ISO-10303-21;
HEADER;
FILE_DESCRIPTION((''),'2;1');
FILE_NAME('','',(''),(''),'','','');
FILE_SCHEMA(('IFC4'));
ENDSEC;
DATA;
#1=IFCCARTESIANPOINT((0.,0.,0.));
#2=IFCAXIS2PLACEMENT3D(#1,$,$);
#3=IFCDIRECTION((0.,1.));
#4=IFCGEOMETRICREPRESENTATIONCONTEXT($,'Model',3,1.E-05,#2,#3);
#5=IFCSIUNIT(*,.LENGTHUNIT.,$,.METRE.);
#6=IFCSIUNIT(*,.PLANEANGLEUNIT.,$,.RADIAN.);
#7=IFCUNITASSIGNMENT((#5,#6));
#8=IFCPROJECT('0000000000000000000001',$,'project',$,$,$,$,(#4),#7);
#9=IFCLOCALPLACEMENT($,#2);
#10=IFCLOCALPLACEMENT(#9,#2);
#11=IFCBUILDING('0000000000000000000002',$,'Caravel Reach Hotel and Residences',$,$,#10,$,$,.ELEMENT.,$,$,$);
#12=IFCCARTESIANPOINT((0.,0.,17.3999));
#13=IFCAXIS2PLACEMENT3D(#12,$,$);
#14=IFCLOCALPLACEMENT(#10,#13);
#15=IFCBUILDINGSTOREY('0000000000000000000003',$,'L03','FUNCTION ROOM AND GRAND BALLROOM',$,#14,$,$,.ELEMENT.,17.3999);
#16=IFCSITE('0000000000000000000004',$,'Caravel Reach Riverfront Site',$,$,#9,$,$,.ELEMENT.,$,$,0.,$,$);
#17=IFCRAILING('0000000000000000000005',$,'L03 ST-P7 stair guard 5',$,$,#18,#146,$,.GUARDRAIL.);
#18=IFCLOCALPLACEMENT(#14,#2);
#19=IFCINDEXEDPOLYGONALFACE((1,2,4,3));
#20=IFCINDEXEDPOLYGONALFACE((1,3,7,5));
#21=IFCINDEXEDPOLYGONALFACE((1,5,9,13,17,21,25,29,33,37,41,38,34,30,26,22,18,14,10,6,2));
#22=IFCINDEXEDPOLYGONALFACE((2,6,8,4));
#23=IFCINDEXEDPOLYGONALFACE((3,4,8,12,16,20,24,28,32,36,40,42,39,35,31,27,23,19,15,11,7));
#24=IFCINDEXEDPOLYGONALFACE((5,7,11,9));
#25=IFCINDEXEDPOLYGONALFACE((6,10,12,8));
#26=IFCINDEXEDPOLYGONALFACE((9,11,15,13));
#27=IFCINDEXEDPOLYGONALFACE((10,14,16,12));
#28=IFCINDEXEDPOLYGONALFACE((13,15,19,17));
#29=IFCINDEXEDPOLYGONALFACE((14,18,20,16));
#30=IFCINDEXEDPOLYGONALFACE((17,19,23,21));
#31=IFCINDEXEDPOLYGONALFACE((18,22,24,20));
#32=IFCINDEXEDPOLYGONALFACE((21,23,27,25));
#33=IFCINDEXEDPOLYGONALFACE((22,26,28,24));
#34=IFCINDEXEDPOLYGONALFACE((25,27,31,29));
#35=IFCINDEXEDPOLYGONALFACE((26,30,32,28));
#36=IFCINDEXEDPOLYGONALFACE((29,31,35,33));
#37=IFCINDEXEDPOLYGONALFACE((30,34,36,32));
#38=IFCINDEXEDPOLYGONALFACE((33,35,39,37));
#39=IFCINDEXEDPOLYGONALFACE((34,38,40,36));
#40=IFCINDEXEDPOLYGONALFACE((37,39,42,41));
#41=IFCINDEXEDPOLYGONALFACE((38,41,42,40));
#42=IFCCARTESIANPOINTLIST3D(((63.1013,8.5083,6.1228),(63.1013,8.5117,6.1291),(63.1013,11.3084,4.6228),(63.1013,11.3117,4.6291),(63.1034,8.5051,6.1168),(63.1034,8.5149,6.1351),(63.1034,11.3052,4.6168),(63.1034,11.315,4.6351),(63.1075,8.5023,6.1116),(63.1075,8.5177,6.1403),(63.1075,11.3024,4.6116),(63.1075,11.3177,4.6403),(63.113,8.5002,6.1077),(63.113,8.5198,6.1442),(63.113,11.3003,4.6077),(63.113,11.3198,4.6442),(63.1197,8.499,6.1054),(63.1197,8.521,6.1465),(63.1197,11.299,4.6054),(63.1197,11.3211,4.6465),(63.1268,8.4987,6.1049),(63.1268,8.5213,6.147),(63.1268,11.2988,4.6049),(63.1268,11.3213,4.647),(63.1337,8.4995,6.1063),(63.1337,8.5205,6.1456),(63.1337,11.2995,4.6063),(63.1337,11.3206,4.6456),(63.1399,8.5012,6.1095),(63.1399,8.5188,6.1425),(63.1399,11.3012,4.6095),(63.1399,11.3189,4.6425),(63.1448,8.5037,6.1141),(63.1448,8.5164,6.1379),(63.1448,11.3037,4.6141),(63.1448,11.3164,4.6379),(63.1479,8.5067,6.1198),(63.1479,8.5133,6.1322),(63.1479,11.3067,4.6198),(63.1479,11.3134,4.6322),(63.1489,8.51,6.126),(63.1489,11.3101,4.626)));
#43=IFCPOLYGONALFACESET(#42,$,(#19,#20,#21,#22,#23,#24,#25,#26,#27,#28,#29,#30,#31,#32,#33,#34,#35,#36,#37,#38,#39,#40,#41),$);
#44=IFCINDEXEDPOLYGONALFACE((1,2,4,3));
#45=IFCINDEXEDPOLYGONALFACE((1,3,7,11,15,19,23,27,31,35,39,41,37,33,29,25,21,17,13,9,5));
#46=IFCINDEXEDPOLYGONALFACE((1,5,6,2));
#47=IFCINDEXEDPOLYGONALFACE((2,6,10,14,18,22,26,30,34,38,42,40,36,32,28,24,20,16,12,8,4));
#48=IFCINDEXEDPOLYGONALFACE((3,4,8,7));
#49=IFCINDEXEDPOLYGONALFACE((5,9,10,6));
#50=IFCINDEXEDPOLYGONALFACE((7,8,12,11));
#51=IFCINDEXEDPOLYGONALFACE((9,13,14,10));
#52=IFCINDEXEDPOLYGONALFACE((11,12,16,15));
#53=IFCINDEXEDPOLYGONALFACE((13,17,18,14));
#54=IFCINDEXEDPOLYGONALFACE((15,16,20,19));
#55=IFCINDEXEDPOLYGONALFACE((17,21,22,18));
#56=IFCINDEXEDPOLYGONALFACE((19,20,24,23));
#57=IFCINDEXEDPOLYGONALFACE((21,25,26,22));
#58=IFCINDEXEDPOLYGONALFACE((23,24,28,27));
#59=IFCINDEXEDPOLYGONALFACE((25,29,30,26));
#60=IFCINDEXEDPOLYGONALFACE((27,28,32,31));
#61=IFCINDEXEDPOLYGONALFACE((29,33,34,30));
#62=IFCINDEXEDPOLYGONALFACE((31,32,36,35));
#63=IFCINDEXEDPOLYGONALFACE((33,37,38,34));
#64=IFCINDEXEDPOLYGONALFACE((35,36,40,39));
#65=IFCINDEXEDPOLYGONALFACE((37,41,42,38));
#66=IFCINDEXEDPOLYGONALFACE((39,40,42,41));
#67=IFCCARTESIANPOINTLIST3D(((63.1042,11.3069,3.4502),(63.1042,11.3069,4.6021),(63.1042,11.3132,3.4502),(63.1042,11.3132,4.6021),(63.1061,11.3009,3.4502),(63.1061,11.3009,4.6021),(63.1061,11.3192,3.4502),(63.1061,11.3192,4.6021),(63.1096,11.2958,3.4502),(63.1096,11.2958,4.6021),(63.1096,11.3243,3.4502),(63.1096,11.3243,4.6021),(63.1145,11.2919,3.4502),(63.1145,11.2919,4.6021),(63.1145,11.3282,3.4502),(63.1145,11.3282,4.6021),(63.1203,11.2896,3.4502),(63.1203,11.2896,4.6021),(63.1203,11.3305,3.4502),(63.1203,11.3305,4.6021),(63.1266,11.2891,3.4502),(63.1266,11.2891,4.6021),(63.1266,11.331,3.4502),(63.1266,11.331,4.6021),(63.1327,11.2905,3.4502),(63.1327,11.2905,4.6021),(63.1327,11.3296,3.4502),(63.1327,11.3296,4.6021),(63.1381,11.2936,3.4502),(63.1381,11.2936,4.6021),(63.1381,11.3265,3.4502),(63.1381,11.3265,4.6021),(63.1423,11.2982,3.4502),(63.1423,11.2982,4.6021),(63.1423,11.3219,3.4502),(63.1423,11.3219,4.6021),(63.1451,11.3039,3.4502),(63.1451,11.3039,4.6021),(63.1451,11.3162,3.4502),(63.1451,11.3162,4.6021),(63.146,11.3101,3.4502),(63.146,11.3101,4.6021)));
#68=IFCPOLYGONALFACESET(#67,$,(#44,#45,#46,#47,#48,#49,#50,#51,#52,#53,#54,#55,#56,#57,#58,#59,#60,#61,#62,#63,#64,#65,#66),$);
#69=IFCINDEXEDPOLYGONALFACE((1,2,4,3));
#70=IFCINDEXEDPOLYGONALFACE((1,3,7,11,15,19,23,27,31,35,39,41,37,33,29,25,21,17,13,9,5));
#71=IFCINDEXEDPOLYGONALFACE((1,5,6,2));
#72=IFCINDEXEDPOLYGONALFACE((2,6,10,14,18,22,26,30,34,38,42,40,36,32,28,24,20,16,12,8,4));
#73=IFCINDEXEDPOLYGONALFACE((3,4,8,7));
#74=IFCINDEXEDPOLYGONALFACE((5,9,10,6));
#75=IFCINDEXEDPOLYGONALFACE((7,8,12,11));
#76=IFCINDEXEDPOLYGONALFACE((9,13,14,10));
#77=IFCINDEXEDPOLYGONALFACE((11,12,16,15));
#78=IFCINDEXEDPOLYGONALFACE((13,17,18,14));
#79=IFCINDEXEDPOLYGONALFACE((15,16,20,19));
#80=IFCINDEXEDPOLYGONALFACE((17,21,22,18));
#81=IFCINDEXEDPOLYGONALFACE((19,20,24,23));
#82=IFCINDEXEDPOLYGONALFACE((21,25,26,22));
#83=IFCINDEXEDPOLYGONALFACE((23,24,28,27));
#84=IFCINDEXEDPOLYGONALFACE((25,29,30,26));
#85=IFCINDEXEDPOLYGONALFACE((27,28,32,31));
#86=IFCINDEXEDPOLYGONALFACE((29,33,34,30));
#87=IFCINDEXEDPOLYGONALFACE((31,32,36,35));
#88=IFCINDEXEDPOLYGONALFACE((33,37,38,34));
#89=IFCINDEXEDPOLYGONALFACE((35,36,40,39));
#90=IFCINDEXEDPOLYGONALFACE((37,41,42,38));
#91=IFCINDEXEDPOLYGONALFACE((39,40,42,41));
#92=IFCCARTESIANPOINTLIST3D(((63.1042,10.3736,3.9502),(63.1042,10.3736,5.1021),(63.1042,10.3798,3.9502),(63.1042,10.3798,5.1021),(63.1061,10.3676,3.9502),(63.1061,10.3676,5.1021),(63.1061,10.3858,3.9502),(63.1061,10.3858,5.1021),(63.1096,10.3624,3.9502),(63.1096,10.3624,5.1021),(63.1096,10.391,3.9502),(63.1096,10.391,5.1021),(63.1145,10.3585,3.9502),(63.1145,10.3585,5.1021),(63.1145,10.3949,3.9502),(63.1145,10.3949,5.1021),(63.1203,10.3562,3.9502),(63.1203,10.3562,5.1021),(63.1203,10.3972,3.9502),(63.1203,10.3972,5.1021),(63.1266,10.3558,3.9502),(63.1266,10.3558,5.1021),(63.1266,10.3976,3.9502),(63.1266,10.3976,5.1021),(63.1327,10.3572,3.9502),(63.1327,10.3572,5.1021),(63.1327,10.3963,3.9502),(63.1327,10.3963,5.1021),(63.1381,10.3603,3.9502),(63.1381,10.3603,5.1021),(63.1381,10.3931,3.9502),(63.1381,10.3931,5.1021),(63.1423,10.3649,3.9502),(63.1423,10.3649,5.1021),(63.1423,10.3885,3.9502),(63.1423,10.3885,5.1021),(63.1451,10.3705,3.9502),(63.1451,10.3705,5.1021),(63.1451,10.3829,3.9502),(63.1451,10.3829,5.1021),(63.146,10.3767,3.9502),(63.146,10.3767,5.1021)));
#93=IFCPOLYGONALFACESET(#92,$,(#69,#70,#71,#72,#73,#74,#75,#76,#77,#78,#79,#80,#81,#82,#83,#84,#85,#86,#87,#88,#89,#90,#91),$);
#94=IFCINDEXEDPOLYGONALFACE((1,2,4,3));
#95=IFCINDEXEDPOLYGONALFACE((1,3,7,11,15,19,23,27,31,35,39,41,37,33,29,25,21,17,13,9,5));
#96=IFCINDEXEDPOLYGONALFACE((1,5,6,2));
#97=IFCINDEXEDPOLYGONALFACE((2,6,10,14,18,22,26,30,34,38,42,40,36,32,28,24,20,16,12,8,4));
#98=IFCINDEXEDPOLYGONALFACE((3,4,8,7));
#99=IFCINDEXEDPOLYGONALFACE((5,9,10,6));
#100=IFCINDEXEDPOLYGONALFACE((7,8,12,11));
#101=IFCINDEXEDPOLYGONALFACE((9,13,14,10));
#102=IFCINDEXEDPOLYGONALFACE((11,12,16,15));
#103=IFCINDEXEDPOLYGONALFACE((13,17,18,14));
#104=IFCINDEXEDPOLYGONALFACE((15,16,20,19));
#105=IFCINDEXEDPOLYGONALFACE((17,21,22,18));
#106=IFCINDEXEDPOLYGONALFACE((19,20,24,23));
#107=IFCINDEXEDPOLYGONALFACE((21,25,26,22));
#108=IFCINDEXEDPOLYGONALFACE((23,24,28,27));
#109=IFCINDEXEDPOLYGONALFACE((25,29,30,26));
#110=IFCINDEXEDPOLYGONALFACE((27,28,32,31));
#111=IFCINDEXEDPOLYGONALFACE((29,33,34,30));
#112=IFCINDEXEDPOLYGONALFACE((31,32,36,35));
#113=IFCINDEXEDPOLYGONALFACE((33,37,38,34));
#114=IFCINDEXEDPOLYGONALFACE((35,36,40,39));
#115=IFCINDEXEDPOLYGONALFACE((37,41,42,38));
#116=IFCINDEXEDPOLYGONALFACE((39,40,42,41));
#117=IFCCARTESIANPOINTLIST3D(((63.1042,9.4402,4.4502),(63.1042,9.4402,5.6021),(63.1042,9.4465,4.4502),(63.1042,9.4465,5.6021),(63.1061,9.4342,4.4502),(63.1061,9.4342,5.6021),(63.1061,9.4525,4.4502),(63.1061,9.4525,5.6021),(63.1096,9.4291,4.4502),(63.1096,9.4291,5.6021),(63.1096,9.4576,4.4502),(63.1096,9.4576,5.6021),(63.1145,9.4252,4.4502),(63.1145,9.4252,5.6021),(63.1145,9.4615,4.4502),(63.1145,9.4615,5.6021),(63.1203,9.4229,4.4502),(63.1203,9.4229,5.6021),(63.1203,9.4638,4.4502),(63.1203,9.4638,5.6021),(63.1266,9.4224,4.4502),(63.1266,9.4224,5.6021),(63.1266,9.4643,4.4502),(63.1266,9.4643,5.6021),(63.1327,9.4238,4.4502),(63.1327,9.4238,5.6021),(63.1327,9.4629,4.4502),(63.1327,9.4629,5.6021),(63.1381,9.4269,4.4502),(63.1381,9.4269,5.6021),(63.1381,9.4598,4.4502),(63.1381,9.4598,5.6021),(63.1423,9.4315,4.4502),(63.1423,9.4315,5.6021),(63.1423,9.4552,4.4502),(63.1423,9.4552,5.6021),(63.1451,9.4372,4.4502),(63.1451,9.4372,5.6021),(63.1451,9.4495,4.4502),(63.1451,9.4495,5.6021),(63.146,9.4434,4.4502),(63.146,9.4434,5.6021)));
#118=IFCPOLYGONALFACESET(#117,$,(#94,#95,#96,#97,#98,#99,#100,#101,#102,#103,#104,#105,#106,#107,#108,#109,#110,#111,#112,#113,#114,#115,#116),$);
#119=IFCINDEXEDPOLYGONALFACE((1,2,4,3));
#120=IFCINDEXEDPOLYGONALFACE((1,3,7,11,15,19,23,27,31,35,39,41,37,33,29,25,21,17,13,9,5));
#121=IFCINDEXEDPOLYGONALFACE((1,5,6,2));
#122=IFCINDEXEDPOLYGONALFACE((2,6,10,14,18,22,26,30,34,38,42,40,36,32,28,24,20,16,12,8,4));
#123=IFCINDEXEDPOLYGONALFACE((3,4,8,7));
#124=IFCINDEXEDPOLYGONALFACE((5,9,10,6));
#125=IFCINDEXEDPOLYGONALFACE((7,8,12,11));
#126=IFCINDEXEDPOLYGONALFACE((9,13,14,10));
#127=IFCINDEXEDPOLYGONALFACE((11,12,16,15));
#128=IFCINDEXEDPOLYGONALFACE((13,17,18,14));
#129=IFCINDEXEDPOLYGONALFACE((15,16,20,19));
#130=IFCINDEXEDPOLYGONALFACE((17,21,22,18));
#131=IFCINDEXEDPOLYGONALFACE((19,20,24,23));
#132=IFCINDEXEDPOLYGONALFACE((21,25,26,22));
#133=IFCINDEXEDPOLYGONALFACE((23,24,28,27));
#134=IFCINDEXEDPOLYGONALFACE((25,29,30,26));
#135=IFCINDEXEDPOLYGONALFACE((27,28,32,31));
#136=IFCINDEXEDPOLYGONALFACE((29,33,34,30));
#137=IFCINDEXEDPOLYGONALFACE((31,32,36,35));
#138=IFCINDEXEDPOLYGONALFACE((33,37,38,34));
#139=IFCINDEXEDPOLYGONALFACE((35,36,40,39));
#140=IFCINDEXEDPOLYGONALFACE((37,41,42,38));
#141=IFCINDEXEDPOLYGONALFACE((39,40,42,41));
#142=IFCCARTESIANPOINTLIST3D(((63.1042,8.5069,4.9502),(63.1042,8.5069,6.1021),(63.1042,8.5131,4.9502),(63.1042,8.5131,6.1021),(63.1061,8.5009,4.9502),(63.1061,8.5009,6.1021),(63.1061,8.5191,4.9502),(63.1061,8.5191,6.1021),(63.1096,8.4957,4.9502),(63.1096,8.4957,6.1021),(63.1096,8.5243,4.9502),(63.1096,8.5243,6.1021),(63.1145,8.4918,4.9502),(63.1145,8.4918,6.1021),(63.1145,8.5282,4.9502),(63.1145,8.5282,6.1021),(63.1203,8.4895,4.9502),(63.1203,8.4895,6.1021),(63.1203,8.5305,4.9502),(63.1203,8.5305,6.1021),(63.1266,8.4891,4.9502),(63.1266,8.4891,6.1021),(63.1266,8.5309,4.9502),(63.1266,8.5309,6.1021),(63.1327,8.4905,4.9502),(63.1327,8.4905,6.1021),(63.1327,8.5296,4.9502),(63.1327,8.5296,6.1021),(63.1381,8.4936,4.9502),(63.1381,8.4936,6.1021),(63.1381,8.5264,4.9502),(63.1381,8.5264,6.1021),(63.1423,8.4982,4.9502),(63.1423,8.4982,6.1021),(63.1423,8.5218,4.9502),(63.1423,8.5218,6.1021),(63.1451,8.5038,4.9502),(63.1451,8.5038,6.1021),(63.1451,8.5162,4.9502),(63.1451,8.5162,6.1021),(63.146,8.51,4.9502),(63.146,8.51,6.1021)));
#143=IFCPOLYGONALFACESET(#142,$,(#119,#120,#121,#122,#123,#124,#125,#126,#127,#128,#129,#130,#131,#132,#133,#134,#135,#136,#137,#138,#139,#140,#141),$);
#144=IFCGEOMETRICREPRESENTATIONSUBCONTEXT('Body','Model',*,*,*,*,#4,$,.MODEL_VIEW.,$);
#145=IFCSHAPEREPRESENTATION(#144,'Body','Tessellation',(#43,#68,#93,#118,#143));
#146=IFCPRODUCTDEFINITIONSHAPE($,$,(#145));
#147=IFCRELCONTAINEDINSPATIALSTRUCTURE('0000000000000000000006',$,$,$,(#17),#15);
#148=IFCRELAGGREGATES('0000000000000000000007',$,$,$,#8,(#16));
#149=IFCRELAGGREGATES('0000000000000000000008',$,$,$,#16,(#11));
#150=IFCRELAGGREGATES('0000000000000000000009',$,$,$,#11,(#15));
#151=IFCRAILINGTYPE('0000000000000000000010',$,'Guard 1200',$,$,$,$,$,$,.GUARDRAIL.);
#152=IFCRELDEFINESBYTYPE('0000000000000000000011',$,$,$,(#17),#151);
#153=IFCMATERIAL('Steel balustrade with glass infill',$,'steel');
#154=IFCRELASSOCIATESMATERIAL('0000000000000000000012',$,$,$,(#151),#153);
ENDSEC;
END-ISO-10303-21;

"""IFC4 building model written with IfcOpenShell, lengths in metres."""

from ifc_helpers import new_model, si_unit, direction, frame, origin, origin_2d, place, context, subcontext, project, spatial, circle, extrude, material, type_object, element, save


model = new_model("IFC4")

# Units and contexts
model_context = context("Model", 3, precision=1e-05, world=origin(), true_north=direction((0.0, 1.0)))
body_context = subcontext(model_context, "Body", "Model", "MODEL_VIEW")
ifc_project = project(units=[si_unit("LENGTHUNIT", "METRE"), si_unit("PLANEANGLEUNIT", "RADIAN")], contexts=[model_context])

# Site, building, storey
site_placement = place(None, origin())
site = spatial("IfcSite", under=ifc_project, at=site_placement, Name="Caravel Reach Riverfront Site", CompositionType="ELEMENT", RefElevation=0.0)
building_placement = place(site_placement, origin())
building = spatial("IfcBuilding", under=site, at=building_placement, Name="Caravel Reach Hotel and Residences", CompositionType="ELEMENT")
storey_placement = place(building_placement, frame((0.0, 0.0, 17.3999)))
storey = spatial("IfcBuildingStorey", under=building, at=storey_placement, Name="L03", Description="FUNCTION ROOM AND GRAND BALLROOM", CompositionType="ELEMENT", Elevation=17.3999)

# Railing
ifc_material_1 = material(Name="Steel balustrade with glass infill", Category="steel")
railing_type_1 = type_object("IfcRailingType", Name="Guard 1200", PredefinedType="GUARDRAIL", material=ifc_material_1)
for number, where, name in (
    (1, (63.125, 11.3101, 3.4502), "L03 ST-P7 stair guard 5"),
):
    element("IfcRailing", number, at=place(storey_placement, frame(where)), inside=storey, type_object=railing_type_1, Name=name, PredefinedType="GUARDRAIL", context=body_context, shape_type="SweptSolid", body=[
        extrude(circle(Radius=0.0239, at=origin_2d()), frame((0.0, 0.0, 1.1758), z_axis=(0.0, -0.881483, 0.472215), x_axis=(1.0, 0.0, 0.0)), (0.0, 0.0, 1.0), 3.1765),
        extrude(circle(Radius=0.021, at=origin_2d()), origin(), (0.0, 0.0, 1.0), 1.1519),
        extrude(circle(Radius=0.021, at=origin_2d()), frame((0.0, -0.9333, 0.5)), (0.0, 0.0, 1.0), 1.1519),
        extrude(circle(Radius=0.021, at=origin_2d()), frame((0.0, -1.8667, 1.0)), (0.0, 0.0, 1.0), 1.1519),
        extrude(circle(Radius=0.021, at=origin_2d()), frame((0.0, -2.8, 1.5)), (0.0, 0.0, 1.0), 1.1519),
    ])

save(model, "model.ifc")
